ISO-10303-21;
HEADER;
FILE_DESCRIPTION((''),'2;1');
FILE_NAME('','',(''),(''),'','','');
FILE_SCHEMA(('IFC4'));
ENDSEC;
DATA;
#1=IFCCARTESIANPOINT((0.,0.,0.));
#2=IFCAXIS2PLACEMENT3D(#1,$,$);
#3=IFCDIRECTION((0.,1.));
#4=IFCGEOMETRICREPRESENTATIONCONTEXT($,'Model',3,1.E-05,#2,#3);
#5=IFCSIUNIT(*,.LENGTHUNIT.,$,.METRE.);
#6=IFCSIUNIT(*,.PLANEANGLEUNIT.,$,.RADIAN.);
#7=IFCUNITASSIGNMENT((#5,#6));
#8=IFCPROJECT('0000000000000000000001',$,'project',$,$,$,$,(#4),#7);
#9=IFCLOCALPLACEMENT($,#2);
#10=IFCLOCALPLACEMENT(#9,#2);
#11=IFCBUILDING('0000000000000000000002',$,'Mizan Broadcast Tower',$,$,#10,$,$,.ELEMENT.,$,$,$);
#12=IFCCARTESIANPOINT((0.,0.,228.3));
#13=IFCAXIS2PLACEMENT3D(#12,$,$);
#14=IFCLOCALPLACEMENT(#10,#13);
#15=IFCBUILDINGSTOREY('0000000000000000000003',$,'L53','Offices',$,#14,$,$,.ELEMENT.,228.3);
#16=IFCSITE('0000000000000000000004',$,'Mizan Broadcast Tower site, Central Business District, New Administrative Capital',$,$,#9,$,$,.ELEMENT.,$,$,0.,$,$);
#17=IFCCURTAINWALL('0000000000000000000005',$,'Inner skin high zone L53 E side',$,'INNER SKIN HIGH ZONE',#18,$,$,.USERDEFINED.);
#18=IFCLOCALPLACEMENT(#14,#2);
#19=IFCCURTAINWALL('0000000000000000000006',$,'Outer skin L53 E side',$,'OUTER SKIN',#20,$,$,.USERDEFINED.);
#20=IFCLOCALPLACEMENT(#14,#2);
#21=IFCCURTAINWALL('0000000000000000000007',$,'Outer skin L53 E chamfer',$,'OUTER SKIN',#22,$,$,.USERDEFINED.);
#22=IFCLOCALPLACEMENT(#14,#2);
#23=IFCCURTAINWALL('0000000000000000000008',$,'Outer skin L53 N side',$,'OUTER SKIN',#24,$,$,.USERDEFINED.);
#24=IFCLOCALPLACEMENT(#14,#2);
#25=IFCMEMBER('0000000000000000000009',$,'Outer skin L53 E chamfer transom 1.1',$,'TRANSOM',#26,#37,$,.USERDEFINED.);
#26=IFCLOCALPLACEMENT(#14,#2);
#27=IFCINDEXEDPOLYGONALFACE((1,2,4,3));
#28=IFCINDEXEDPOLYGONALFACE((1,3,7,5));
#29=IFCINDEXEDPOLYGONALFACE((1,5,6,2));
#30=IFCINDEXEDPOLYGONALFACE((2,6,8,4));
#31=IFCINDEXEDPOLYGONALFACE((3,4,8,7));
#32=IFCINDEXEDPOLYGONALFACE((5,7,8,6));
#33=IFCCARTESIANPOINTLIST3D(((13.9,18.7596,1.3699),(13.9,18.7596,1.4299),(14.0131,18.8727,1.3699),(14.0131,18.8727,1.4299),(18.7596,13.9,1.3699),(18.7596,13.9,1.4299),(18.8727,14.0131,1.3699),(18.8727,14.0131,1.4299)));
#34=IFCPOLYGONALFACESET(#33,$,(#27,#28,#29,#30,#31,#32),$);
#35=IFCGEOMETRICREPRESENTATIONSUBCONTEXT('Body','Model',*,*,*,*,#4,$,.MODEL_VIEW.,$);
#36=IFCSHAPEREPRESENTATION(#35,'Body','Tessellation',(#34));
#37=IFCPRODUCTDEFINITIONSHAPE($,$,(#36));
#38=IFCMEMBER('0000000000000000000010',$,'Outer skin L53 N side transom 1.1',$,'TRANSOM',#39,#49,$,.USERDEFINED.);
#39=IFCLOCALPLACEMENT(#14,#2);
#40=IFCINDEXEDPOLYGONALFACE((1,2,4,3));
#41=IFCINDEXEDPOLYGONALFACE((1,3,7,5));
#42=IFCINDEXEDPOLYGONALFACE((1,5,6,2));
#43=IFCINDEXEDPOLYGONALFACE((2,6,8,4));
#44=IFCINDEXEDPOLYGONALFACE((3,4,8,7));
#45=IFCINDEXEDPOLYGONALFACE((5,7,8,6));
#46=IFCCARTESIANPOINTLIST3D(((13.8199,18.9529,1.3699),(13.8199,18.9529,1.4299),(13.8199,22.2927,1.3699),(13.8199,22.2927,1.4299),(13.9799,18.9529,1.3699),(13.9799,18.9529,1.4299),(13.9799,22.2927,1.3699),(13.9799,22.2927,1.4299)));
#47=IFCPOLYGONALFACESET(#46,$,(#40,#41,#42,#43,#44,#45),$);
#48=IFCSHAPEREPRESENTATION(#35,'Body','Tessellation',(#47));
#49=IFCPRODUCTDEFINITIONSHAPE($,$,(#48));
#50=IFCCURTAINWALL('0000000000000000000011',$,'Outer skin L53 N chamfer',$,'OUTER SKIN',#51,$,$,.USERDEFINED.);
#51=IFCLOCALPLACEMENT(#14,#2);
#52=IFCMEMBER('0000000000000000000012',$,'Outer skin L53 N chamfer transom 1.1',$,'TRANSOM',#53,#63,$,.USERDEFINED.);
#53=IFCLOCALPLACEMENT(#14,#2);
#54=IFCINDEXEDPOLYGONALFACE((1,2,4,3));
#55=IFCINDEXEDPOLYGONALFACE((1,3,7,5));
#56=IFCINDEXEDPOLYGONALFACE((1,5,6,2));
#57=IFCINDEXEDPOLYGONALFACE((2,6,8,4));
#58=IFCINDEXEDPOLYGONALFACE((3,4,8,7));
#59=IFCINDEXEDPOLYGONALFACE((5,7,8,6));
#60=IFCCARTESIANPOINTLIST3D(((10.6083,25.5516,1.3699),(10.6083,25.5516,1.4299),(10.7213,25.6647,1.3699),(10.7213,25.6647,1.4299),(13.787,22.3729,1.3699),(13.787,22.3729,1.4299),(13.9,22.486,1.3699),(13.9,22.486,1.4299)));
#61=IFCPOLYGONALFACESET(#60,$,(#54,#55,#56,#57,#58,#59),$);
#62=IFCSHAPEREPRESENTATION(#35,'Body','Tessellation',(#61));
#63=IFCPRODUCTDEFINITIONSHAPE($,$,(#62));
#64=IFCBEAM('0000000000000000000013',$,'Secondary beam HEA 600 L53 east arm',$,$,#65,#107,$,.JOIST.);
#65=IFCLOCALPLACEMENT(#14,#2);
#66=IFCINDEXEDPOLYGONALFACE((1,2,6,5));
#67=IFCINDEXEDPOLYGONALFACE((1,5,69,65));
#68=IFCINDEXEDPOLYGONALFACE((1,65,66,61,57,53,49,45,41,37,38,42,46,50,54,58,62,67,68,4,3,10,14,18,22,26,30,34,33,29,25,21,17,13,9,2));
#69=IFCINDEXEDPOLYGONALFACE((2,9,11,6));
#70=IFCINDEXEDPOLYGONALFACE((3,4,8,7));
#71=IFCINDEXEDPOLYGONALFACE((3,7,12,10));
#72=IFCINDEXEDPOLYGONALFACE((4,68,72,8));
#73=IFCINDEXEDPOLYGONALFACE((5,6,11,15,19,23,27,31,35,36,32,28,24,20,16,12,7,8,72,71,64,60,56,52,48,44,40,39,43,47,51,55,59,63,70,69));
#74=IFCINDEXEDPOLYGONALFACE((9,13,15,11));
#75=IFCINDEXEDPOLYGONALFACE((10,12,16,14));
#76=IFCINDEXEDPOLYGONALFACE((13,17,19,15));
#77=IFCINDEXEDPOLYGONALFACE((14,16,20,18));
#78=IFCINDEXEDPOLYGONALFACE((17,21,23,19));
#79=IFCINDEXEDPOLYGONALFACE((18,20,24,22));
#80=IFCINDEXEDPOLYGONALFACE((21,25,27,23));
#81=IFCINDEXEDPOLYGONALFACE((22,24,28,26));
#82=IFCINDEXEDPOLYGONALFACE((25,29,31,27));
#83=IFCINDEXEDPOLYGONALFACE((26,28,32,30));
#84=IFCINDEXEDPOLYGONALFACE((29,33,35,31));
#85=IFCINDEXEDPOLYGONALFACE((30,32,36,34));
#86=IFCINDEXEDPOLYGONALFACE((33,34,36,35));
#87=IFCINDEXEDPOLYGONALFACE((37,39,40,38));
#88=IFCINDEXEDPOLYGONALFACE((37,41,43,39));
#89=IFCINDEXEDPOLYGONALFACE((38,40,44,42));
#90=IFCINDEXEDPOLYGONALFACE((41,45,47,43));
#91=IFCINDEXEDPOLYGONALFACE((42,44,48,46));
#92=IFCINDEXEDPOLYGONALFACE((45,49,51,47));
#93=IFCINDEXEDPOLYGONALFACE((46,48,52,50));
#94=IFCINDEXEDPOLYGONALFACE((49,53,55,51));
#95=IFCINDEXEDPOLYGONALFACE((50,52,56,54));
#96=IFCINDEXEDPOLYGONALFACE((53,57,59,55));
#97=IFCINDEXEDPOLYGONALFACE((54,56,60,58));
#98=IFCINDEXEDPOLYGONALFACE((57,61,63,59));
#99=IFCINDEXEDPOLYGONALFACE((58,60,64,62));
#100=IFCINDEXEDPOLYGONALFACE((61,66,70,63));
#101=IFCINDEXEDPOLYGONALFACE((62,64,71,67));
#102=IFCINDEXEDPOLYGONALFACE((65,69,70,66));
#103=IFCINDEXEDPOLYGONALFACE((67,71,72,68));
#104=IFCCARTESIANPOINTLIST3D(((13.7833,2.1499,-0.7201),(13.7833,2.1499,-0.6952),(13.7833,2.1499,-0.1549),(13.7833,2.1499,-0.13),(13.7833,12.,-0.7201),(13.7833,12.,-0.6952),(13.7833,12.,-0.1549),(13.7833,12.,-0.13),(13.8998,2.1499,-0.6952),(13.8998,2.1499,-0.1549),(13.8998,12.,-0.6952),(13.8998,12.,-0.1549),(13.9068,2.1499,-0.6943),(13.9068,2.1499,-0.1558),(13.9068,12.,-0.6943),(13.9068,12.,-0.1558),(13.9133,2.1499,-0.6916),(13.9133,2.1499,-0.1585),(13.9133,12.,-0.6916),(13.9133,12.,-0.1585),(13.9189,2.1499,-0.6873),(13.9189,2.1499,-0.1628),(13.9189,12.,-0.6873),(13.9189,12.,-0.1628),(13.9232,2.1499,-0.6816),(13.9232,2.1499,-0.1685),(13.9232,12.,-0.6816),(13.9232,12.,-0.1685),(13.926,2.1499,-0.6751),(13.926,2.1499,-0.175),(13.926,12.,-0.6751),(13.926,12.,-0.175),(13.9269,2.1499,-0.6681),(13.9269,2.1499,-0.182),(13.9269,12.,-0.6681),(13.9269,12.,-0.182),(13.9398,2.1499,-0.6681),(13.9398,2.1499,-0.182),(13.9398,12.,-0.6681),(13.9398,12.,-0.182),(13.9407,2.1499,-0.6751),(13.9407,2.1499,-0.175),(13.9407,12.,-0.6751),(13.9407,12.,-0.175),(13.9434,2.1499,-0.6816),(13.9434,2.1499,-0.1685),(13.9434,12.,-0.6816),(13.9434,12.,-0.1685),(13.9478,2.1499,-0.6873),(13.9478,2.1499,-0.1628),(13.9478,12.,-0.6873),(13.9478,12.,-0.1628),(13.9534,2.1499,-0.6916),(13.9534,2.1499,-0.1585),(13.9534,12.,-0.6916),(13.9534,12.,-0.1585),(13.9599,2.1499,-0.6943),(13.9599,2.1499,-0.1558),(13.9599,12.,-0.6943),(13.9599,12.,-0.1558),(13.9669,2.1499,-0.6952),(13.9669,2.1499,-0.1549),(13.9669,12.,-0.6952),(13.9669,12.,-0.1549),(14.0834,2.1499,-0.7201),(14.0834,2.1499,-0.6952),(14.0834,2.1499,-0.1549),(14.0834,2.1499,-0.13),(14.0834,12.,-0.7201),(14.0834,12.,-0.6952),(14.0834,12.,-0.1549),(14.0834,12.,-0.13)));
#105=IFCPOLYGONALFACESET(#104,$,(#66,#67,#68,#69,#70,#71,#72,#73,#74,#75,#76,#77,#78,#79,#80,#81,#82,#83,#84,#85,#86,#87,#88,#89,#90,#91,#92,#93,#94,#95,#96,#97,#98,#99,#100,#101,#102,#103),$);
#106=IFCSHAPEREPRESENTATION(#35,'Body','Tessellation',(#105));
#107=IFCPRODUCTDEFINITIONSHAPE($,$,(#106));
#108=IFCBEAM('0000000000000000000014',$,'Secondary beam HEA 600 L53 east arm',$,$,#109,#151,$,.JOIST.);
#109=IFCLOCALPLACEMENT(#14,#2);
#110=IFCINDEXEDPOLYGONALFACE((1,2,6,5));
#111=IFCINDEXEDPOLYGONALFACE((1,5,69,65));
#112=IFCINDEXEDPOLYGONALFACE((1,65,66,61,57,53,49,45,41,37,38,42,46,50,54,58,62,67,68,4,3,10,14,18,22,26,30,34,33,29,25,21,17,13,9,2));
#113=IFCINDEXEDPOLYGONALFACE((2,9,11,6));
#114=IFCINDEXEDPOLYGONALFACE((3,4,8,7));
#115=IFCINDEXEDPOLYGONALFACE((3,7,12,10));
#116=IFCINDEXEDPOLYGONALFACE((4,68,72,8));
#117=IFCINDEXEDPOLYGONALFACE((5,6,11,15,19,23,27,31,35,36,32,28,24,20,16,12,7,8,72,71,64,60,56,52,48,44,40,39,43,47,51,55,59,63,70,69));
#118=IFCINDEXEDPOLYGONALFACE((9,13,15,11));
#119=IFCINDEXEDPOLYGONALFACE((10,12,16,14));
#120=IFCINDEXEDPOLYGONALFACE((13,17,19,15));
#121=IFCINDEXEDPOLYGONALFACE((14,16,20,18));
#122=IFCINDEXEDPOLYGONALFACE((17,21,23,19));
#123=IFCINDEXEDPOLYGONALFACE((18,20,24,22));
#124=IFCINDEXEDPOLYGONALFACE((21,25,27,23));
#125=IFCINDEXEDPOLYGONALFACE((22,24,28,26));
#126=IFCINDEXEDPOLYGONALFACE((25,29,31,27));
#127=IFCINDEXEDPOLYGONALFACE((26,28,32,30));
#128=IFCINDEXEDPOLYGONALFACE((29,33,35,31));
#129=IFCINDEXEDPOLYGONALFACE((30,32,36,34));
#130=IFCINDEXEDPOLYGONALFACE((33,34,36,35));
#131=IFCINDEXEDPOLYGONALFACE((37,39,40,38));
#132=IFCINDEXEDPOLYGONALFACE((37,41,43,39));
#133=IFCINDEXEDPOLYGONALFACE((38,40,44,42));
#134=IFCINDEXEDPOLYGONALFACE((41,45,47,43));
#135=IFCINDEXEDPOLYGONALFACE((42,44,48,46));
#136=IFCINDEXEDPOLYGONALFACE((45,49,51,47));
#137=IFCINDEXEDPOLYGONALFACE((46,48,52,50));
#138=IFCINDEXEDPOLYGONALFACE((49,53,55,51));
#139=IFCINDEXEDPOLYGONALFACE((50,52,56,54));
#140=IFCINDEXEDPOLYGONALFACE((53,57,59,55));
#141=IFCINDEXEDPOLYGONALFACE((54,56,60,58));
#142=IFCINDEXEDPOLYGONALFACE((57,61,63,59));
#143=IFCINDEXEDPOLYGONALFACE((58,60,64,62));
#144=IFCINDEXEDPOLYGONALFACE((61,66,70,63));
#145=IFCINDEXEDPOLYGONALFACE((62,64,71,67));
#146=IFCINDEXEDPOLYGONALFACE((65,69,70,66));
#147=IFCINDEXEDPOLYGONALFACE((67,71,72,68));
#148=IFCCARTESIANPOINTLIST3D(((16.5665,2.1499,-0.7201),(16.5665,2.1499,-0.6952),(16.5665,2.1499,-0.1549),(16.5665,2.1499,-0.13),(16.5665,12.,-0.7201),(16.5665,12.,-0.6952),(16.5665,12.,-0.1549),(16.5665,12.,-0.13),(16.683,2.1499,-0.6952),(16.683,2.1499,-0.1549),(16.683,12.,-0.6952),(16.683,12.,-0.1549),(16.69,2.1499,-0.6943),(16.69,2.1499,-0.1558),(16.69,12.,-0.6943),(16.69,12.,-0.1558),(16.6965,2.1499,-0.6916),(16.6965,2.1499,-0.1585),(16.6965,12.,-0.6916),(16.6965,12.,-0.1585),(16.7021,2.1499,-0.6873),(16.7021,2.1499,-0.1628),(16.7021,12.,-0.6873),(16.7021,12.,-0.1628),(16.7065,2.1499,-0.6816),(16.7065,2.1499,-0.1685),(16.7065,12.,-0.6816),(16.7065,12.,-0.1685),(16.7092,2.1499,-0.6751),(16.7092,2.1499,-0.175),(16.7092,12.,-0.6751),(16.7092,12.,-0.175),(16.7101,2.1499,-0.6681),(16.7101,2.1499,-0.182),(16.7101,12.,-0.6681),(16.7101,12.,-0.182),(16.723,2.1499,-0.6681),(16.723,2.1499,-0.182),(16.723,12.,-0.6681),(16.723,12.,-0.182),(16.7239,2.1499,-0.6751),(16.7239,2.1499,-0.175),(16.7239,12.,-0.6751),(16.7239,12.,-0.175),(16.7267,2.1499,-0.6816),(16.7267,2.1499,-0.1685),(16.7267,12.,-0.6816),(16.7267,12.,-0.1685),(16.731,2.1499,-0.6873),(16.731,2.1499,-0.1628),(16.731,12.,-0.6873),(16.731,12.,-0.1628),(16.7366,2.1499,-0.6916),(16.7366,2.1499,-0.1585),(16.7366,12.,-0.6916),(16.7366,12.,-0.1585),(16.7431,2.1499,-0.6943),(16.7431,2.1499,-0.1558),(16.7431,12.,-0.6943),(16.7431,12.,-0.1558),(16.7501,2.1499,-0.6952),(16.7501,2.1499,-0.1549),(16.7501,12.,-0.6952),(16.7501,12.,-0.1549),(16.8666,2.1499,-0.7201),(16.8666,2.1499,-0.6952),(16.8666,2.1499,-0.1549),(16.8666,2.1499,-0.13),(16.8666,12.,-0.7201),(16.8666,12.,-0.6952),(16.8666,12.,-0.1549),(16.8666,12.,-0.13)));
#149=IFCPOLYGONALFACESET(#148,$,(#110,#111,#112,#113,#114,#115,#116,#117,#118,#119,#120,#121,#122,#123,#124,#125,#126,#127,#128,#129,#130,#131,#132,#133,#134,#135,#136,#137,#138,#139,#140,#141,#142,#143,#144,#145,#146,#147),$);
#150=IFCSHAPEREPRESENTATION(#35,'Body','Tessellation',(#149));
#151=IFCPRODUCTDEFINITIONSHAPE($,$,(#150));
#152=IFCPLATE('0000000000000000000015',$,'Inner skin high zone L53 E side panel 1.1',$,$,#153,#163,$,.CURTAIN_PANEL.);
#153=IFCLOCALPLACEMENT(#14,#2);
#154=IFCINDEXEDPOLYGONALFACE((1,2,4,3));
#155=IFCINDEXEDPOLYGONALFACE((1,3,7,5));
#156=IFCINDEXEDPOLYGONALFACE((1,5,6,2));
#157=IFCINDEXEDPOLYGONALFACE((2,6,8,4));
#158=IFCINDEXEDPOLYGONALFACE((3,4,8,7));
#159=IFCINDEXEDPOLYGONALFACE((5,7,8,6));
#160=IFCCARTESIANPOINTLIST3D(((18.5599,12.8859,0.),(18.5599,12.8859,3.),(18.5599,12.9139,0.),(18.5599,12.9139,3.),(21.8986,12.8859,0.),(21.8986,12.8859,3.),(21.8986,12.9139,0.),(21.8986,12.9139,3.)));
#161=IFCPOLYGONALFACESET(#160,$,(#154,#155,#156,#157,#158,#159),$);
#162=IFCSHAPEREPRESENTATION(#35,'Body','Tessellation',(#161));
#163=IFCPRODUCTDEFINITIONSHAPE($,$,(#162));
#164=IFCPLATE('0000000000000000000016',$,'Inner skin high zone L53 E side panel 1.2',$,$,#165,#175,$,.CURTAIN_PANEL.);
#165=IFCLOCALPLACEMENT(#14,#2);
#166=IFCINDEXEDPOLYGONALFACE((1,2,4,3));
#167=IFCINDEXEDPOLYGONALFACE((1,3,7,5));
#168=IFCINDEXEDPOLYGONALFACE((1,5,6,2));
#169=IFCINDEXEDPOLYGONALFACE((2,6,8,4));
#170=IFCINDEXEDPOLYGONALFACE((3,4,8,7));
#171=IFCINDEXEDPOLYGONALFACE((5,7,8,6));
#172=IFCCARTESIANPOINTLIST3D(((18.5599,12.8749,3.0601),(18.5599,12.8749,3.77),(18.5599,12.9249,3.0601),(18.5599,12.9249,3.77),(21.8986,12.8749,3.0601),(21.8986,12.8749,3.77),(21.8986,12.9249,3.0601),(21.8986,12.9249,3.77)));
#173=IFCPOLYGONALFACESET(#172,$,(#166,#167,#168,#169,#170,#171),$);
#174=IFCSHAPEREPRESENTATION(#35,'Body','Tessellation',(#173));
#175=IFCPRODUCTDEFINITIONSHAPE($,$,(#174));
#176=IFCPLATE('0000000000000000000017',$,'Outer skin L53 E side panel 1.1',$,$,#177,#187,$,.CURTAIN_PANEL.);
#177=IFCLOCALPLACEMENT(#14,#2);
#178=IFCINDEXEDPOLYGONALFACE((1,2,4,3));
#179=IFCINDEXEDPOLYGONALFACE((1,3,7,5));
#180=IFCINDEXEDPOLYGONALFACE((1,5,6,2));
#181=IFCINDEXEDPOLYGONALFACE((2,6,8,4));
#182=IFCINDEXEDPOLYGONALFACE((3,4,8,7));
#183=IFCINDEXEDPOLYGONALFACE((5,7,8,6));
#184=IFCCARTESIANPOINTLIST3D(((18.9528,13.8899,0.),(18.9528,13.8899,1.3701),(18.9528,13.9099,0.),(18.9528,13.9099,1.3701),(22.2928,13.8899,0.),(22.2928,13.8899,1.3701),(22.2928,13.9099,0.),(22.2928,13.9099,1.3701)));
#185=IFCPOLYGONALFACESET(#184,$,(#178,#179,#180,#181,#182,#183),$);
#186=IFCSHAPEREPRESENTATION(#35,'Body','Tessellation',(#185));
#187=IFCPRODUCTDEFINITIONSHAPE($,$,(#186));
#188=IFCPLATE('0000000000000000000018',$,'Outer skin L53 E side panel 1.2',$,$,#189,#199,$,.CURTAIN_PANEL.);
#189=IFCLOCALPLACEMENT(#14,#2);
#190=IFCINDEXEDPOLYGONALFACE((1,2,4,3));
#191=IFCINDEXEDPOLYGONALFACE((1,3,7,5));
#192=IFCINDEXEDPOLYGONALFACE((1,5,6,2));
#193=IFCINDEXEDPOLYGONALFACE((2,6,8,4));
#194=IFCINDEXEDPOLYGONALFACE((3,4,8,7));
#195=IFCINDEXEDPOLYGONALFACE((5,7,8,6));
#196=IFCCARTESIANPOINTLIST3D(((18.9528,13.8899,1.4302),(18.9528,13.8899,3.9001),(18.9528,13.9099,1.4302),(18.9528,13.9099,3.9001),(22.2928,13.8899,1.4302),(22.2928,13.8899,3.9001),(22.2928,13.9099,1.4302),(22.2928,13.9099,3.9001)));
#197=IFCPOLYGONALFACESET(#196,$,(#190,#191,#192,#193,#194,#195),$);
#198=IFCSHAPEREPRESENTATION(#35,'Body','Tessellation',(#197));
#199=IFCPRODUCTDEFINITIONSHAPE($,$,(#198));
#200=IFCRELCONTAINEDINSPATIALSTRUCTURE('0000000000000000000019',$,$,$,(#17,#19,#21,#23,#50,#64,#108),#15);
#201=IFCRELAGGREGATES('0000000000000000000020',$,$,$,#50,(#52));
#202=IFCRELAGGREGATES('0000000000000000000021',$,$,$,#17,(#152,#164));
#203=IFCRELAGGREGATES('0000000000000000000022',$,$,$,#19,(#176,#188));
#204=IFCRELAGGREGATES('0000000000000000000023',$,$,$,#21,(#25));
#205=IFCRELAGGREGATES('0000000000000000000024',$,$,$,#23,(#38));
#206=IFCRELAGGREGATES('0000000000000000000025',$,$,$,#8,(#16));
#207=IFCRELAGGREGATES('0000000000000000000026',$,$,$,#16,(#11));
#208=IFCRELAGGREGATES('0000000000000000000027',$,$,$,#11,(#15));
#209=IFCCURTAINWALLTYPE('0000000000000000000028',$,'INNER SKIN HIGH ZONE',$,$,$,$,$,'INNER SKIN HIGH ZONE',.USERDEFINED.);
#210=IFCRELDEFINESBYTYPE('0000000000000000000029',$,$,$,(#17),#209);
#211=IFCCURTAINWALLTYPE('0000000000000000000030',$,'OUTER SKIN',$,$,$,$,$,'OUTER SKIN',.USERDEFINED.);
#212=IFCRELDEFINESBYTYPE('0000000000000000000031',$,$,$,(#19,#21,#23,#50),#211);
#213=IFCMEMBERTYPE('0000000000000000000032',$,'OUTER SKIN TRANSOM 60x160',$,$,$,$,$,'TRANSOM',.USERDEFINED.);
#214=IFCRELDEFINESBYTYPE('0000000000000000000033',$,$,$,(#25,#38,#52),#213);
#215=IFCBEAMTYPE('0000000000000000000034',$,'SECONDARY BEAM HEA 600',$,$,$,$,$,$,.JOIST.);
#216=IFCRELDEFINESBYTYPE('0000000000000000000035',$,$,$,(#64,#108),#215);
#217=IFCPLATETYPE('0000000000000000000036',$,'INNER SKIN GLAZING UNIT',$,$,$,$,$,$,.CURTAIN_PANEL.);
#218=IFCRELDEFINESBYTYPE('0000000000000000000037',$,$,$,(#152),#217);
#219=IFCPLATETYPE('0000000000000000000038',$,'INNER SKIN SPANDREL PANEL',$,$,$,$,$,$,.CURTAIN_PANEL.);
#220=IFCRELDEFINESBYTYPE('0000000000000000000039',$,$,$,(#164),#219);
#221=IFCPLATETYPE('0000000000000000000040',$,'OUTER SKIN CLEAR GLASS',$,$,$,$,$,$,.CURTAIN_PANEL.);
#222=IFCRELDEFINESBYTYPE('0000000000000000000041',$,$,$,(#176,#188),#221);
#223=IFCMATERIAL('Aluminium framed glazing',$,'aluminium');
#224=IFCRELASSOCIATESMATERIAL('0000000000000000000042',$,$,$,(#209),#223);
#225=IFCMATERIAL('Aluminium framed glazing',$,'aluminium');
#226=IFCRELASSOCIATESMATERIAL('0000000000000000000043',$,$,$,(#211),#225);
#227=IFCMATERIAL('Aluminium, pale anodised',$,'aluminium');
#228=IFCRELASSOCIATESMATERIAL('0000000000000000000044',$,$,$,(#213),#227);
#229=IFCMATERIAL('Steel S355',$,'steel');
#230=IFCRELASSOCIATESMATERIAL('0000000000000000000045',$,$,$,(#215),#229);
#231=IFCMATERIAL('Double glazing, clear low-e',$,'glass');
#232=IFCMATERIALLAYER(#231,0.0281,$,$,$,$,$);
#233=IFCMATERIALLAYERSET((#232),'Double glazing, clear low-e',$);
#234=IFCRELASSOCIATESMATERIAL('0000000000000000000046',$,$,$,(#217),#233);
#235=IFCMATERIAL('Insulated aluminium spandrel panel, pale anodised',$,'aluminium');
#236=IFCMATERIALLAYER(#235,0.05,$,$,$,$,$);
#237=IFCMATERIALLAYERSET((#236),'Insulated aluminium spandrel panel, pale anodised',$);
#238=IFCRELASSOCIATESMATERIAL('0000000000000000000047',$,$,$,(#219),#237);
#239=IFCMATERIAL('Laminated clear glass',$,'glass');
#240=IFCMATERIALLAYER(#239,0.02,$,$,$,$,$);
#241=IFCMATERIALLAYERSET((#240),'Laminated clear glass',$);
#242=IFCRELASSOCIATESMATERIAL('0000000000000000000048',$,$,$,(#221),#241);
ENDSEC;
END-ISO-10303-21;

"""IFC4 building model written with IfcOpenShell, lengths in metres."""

from ifc_helpers import new_model, si_unit, direction, frame, origin, origin_2d, place, context, subcontext, project, spatial, rectangle, i_section, extrude, material, layer, layer_set, material_profile, profile_set, type_object, element, aggregate, save


model = new_model("IFC4")

# Units and contexts
model_context = context("Model", 3, precision=1e-05, world=origin(), true_north=direction((0.0, 1.0)))
body_context = subcontext(model_context, "Body", "Model", "MODEL_VIEW")
ifc_project = project(units=[si_unit("LENGTHUNIT", "METRE"), si_unit("PLANEANGLEUNIT", "RADIAN")], contexts=[model_context])

# Site, building, storey
site_placement = place(None, origin())
site = spatial("IfcSite", under=ifc_project, at=site_placement, Name="Mizan Broadcast Tower site, Central Business District, New Administrative Capital", CompositionType="ELEMENT", RefElevation=0.0)
building_placement = place(site_placement, origin())
building = spatial("IfcBuilding", under=site, at=building_placement, Name="Mizan Broadcast Tower", CompositionType="ELEMENT")
storey_placement = place(building_placement, frame((0.0, 0.0, 228.3)))
storey = spatial("IfcBuildingStorey", under=building, at=storey_placement, Name="L53", Description="Offices", CompositionType="ELEMENT", Elevation=228.3)

# Curtain wall
ifc_material_1 = material(Name="Aluminium framed glazing", Category="aluminium")
curtain_wall_type_1 = type_object("IfcCurtainWallType", Name="INNER SKIN HIGH ZONE", ElementType="INNER SKIN HIGH ZONE", PredefinedType="USERDEFINED", material=ifc_material_1)
curtain_wall_1_placement = place(storey_placement, origin())
curtain_wall_1 = element("IfcCurtainWall", 1, at=curtain_wall_1_placement, inside=storey, type_object=curtain_wall_type_1, Name="Inner skin high zone L53 E side", ObjectType="INNER SKIN HIGH ZONE", PredefinedType="USERDEFINED")

# Curtain walls
ifc_material_2 = material(Name="Aluminium framed glazing", Category="aluminium")
curtain_wall_type_2 = type_object("IfcCurtainWallType", Name="OUTER SKIN", ElementType="OUTER SKIN", PredefinedType="USERDEFINED", material=ifc_material_2)
curtain_wall_2_placement = place(storey_placement, origin())
curtain_wall_2 = element("IfcCurtainWall", 2, at=curtain_wall_2_placement, inside=storey, type_object=curtain_wall_type_2, Name="Outer skin L53 E side", ObjectType="OUTER SKIN", PredefinedType="USERDEFINED")
curtain_wall_3_placement = place(storey_placement, origin())
curtain_wall_3 = element("IfcCurtainWall", 3, at=curtain_wall_3_placement, inside=storey, type_object=curtain_wall_type_2, Name="Outer skin L53 E chamfer", ObjectType="OUTER SKIN", PredefinedType="USERDEFINED")
curtain_wall_4_placement = place(storey_placement, origin())
curtain_wall_4 = element("IfcCurtainWall", 4, at=curtain_wall_4_placement, inside=storey, type_object=curtain_wall_type_2, Name="Outer skin L53 N side", ObjectType="OUTER SKIN", PredefinedType="USERDEFINED")

# Members
ifc_material_3 = material(Name="Aluminium, pale anodised", Category="aluminium")
ifc_material_profile_1 = material_profile(ifc_material_3, rectangle(XDim=0.1599, YDim=0.0601, at=origin_2d()), Name="TRANSOM 160x60")
ifc_profile_set_1 = profile_set([ifc_material_profile_1], Name="Aluminium, pale anodised")
member_type_1 = type_object("IfcMemberType", Name="OUTER SKIN TRANSOM 60x160", ElementType="TRANSOM", PredefinedType="USERDEFINED", material=ifc_profile_set_1)
member_1_placement = place(storey_placement, frame((18.8162, 13.9565, 1.3999), z_axis=(-0.707107, 0.707107, 0.0), x_axis=(-0.707107, -0.707107, 0.0)))
member_1 = element("IfcMember", 5, at=member_1_placement, type_object=member_type_1, Name="Outer skin L53 E chamfer transom 1.1", ObjectType="TRANSOM", PredefinedType="USERDEFINED", context=body_context, shape_type="SweptSolid", body=[
    extrude(rectangle(XDim=0.1599, YDim=0.0601, at=origin_2d()), origin(), (0.0, 0.0, 1.0), 6.8726),
])
member_2_placement = place(storey_placement, frame((13.8999, 18.9529, 1.3999), z_axis=(0.0, 1.0, 0.0), x_axis=(-1.0, 0.0, 0.0)))
member_2 = element("IfcMember", 6, at=member_2_placement, type_object=member_type_1, Name="Outer skin L53 N side transom 1.1", ObjectType="TRANSOM", PredefinedType="USERDEFINED", context=body_context, shape_type="SweptSolid", body=[
    extrude(rectangle(XDim=0.1599, YDim=0.0601, at=origin_2d()), origin(), (0.0, 0.0, 1.0), 3.3398),
])

# Curtain wall, member
curtain_wall_5_placement = place(storey_placement, origin())
curtain_wall_5 = element("IfcCurtainWall", 7, at=curtain_wall_5_placement, inside=storey, type_object=curtain_wall_type_2, Name="Outer skin L53 N chamfer", ObjectType="OUTER SKIN", PredefinedType="USERDEFINED")
member_3_placement = place(storey_placement, frame((13.8435, 22.4294, 1.3999), z_axis=(-0.707107, 0.707107, 0.0), x_axis=(-0.707107, -0.707107, 0.0)))
member_3 = element("IfcMember", 8, at=member_3_placement, type_object=member_type_1, Name="Outer skin L53 N chamfer transom 1.1", ObjectType="TRANSOM", PredefinedType="USERDEFINED", context=body_context, shape_type="SweptSolid", body=[
    extrude(rectangle(XDim=0.1599, YDim=0.0601, at=origin_2d()), origin(), (0.0, 0.0, 1.0), 4.4954),
])
aggregate(curtain_wall_5, [member_3])

# Beams
ifc_material_4 = material(Name="Steel S355", Category="steel")
ifc_material_profile_2 = material_profile(ifc_material_4, i_section(OverallWidth=0.3, OverallDepth=0.5901, WebThickness=0.0129, FlangeThickness=0.0249, FilletRadius=0.0271, at=origin_2d()), Name="HEA 600")
ifc_profile_set_2 = profile_set([ifc_material_profile_2], Name="Steel S355")
beam_type_1 = type_object("IfcBeamType", Name="SECONDARY BEAM HEA 600", PredefinedType="JOIST", material=ifc_profile_set_2)
for number, where, z_axis, x_axis, name in (
    (9, (13.9333, 12.0, -0.425), (0.0, -1.0, 0.0), (1.0, 0.0, 0.0), "Secondary beam HEA 600 L53 east arm"),
    (10, (16.7166, 12.0, -0.425), (0.0, -1.0, 0.0), (1.0, 0.0, 0.0), "Secondary beam HEA 600 L53 east arm"),
):
    element("IfcBeam", number, at=place(storey_placement, frame(where, z_axis=z_axis, x_axis=x_axis)), inside=storey, type_object=beam_type_1, Name=name, PredefinedType="JOIST", context=body_context, shape_type="SweptSolid", body=[
        extrude(i_section(OverallWidth=0.3, OverallDepth=0.5901, WebThickness=0.0129, FlangeThickness=0.0249, FilletRadius=0.0271, at=origin_2d()), origin(), (0.0, 0.0, 1.0), 9.8501),
    ])

# Plates
ifc_material_5 = material(Name="Double glazing, clear low-e", Category="glass")
ifc_layer_1 = layer(ifc_material_5, 0.0281)
ifc_layer_set_1 = layer_set([ifc_layer_1], Name="Double glazing, clear low-e")
plate_type_1 = type_object("IfcPlateType", Name="INNER SKIN GLAZING UNIT", PredefinedType="CURTAIN_PANEL", material=ifc_layer_set_1)
plate_1_placement = place(storey_placement, frame((20.2292, 12.8999, 0.0), z_axis=(0.0, 0.0, 1.0), x_axis=(-1.0, 0.0, 0.0)))
plate_1 = element("IfcPlate", 11, at=plate_1_placement, type_object=plate_type_1, Name="Inner skin high zone L53 E side panel 1.1", PredefinedType="CURTAIN_PANEL", context=body_context, shape_type="SweptSolid", body=[
    extrude(rectangle(XDim=3.3386, YDim=0.0281, at=origin_2d()), origin(), (0.0, 0.0, 1.0), 3.0),
])
ifc_material_6 = material(Name="Insulated aluminium spandrel panel, pale anodised", Category="aluminium")
ifc_layer_2 = layer(ifc_material_6, 0.05)
ifc_layer_set_2 = layer_set([ifc_layer_2], Name="Insulated aluminium spandrel panel, pale anodised")
plate_type_2 = type_object("IfcPlateType", Name="INNER SKIN SPANDREL PANEL", PredefinedType="CURTAIN_PANEL", material=ifc_layer_set_2)
plate_2_placement = place(storey_placement, frame((20.2292, 12.8999, 3.0601), z_axis=(0.0, 0.0, 1.0), x_axis=(-1.0, 0.0, 0.0)))
plate_2 = element("IfcPlate", 12, at=plate_2_placement, type_object=plate_type_2, Name="Inner skin high zone L53 E side panel 1.2", PredefinedType="CURTAIN_PANEL", context=body_context, shape_type="SweptSolid", body=[
    extrude(rectangle(XDim=3.3386, YDim=0.05, at=origin_2d()), origin(), (0.0, 0.0, 1.0), 0.71),
])
aggregate(curtain_wall_1, [plate_1, plate_2])
ifc_material_7 = material(Name="Laminated clear glass", Category="glass")
ifc_layer_3 = layer(ifc_material_7, 0.02)
ifc_layer_set_3 = layer_set([ifc_layer_3], Name="Laminated clear glass")
plate_type_3 = type_object("IfcPlateType", Name="OUTER SKIN CLEAR GLASS", PredefinedType="CURTAIN_PANEL", material=ifc_layer_set_3)
plate_3_placement = place(storey_placement, frame((20.6228, 13.8999, 0.0), z_axis=(0.0, 0.0, 1.0), x_axis=(-1.0, 0.0, 0.0)))
plate_3 = element("IfcPlate", 13, at=plate_3_placement, type_object=plate_type_3, Name="Outer skin L53 E side panel 1.1", PredefinedType="CURTAIN_PANEL", context=body_context, shape_type="SweptSolid", body=[
    extrude(rectangle(XDim=3.3401, YDim=0.02, at=origin_2d()), origin(), (0.0, 0.0, 1.0), 1.3701),
])
plate_4_placement = place(storey_placement, frame((20.6228, 13.8999, 1.4302), z_axis=(0.0, 0.0, 1.0), x_axis=(-1.0, 0.0, 0.0)))
plate_4 = element("IfcPlate", 14, at=plate_4_placement, type_object=plate_type_3, Name="Outer skin L53 E side panel 1.2", PredefinedType="CURTAIN_PANEL", context=body_context, shape_type="SweptSolid", body=[
    extrude(rectangle(XDim=3.3401, YDim=0.02, at=origin_2d()), origin(), (0.0, 0.0, 1.0), 2.47),
])
aggregate(curtain_wall_2, [plate_3, plate_4])
aggregate(curtain_wall_3, [member_1])
aggregate(curtain_wall_4, [member_2])

save(model, "model.ifc")
